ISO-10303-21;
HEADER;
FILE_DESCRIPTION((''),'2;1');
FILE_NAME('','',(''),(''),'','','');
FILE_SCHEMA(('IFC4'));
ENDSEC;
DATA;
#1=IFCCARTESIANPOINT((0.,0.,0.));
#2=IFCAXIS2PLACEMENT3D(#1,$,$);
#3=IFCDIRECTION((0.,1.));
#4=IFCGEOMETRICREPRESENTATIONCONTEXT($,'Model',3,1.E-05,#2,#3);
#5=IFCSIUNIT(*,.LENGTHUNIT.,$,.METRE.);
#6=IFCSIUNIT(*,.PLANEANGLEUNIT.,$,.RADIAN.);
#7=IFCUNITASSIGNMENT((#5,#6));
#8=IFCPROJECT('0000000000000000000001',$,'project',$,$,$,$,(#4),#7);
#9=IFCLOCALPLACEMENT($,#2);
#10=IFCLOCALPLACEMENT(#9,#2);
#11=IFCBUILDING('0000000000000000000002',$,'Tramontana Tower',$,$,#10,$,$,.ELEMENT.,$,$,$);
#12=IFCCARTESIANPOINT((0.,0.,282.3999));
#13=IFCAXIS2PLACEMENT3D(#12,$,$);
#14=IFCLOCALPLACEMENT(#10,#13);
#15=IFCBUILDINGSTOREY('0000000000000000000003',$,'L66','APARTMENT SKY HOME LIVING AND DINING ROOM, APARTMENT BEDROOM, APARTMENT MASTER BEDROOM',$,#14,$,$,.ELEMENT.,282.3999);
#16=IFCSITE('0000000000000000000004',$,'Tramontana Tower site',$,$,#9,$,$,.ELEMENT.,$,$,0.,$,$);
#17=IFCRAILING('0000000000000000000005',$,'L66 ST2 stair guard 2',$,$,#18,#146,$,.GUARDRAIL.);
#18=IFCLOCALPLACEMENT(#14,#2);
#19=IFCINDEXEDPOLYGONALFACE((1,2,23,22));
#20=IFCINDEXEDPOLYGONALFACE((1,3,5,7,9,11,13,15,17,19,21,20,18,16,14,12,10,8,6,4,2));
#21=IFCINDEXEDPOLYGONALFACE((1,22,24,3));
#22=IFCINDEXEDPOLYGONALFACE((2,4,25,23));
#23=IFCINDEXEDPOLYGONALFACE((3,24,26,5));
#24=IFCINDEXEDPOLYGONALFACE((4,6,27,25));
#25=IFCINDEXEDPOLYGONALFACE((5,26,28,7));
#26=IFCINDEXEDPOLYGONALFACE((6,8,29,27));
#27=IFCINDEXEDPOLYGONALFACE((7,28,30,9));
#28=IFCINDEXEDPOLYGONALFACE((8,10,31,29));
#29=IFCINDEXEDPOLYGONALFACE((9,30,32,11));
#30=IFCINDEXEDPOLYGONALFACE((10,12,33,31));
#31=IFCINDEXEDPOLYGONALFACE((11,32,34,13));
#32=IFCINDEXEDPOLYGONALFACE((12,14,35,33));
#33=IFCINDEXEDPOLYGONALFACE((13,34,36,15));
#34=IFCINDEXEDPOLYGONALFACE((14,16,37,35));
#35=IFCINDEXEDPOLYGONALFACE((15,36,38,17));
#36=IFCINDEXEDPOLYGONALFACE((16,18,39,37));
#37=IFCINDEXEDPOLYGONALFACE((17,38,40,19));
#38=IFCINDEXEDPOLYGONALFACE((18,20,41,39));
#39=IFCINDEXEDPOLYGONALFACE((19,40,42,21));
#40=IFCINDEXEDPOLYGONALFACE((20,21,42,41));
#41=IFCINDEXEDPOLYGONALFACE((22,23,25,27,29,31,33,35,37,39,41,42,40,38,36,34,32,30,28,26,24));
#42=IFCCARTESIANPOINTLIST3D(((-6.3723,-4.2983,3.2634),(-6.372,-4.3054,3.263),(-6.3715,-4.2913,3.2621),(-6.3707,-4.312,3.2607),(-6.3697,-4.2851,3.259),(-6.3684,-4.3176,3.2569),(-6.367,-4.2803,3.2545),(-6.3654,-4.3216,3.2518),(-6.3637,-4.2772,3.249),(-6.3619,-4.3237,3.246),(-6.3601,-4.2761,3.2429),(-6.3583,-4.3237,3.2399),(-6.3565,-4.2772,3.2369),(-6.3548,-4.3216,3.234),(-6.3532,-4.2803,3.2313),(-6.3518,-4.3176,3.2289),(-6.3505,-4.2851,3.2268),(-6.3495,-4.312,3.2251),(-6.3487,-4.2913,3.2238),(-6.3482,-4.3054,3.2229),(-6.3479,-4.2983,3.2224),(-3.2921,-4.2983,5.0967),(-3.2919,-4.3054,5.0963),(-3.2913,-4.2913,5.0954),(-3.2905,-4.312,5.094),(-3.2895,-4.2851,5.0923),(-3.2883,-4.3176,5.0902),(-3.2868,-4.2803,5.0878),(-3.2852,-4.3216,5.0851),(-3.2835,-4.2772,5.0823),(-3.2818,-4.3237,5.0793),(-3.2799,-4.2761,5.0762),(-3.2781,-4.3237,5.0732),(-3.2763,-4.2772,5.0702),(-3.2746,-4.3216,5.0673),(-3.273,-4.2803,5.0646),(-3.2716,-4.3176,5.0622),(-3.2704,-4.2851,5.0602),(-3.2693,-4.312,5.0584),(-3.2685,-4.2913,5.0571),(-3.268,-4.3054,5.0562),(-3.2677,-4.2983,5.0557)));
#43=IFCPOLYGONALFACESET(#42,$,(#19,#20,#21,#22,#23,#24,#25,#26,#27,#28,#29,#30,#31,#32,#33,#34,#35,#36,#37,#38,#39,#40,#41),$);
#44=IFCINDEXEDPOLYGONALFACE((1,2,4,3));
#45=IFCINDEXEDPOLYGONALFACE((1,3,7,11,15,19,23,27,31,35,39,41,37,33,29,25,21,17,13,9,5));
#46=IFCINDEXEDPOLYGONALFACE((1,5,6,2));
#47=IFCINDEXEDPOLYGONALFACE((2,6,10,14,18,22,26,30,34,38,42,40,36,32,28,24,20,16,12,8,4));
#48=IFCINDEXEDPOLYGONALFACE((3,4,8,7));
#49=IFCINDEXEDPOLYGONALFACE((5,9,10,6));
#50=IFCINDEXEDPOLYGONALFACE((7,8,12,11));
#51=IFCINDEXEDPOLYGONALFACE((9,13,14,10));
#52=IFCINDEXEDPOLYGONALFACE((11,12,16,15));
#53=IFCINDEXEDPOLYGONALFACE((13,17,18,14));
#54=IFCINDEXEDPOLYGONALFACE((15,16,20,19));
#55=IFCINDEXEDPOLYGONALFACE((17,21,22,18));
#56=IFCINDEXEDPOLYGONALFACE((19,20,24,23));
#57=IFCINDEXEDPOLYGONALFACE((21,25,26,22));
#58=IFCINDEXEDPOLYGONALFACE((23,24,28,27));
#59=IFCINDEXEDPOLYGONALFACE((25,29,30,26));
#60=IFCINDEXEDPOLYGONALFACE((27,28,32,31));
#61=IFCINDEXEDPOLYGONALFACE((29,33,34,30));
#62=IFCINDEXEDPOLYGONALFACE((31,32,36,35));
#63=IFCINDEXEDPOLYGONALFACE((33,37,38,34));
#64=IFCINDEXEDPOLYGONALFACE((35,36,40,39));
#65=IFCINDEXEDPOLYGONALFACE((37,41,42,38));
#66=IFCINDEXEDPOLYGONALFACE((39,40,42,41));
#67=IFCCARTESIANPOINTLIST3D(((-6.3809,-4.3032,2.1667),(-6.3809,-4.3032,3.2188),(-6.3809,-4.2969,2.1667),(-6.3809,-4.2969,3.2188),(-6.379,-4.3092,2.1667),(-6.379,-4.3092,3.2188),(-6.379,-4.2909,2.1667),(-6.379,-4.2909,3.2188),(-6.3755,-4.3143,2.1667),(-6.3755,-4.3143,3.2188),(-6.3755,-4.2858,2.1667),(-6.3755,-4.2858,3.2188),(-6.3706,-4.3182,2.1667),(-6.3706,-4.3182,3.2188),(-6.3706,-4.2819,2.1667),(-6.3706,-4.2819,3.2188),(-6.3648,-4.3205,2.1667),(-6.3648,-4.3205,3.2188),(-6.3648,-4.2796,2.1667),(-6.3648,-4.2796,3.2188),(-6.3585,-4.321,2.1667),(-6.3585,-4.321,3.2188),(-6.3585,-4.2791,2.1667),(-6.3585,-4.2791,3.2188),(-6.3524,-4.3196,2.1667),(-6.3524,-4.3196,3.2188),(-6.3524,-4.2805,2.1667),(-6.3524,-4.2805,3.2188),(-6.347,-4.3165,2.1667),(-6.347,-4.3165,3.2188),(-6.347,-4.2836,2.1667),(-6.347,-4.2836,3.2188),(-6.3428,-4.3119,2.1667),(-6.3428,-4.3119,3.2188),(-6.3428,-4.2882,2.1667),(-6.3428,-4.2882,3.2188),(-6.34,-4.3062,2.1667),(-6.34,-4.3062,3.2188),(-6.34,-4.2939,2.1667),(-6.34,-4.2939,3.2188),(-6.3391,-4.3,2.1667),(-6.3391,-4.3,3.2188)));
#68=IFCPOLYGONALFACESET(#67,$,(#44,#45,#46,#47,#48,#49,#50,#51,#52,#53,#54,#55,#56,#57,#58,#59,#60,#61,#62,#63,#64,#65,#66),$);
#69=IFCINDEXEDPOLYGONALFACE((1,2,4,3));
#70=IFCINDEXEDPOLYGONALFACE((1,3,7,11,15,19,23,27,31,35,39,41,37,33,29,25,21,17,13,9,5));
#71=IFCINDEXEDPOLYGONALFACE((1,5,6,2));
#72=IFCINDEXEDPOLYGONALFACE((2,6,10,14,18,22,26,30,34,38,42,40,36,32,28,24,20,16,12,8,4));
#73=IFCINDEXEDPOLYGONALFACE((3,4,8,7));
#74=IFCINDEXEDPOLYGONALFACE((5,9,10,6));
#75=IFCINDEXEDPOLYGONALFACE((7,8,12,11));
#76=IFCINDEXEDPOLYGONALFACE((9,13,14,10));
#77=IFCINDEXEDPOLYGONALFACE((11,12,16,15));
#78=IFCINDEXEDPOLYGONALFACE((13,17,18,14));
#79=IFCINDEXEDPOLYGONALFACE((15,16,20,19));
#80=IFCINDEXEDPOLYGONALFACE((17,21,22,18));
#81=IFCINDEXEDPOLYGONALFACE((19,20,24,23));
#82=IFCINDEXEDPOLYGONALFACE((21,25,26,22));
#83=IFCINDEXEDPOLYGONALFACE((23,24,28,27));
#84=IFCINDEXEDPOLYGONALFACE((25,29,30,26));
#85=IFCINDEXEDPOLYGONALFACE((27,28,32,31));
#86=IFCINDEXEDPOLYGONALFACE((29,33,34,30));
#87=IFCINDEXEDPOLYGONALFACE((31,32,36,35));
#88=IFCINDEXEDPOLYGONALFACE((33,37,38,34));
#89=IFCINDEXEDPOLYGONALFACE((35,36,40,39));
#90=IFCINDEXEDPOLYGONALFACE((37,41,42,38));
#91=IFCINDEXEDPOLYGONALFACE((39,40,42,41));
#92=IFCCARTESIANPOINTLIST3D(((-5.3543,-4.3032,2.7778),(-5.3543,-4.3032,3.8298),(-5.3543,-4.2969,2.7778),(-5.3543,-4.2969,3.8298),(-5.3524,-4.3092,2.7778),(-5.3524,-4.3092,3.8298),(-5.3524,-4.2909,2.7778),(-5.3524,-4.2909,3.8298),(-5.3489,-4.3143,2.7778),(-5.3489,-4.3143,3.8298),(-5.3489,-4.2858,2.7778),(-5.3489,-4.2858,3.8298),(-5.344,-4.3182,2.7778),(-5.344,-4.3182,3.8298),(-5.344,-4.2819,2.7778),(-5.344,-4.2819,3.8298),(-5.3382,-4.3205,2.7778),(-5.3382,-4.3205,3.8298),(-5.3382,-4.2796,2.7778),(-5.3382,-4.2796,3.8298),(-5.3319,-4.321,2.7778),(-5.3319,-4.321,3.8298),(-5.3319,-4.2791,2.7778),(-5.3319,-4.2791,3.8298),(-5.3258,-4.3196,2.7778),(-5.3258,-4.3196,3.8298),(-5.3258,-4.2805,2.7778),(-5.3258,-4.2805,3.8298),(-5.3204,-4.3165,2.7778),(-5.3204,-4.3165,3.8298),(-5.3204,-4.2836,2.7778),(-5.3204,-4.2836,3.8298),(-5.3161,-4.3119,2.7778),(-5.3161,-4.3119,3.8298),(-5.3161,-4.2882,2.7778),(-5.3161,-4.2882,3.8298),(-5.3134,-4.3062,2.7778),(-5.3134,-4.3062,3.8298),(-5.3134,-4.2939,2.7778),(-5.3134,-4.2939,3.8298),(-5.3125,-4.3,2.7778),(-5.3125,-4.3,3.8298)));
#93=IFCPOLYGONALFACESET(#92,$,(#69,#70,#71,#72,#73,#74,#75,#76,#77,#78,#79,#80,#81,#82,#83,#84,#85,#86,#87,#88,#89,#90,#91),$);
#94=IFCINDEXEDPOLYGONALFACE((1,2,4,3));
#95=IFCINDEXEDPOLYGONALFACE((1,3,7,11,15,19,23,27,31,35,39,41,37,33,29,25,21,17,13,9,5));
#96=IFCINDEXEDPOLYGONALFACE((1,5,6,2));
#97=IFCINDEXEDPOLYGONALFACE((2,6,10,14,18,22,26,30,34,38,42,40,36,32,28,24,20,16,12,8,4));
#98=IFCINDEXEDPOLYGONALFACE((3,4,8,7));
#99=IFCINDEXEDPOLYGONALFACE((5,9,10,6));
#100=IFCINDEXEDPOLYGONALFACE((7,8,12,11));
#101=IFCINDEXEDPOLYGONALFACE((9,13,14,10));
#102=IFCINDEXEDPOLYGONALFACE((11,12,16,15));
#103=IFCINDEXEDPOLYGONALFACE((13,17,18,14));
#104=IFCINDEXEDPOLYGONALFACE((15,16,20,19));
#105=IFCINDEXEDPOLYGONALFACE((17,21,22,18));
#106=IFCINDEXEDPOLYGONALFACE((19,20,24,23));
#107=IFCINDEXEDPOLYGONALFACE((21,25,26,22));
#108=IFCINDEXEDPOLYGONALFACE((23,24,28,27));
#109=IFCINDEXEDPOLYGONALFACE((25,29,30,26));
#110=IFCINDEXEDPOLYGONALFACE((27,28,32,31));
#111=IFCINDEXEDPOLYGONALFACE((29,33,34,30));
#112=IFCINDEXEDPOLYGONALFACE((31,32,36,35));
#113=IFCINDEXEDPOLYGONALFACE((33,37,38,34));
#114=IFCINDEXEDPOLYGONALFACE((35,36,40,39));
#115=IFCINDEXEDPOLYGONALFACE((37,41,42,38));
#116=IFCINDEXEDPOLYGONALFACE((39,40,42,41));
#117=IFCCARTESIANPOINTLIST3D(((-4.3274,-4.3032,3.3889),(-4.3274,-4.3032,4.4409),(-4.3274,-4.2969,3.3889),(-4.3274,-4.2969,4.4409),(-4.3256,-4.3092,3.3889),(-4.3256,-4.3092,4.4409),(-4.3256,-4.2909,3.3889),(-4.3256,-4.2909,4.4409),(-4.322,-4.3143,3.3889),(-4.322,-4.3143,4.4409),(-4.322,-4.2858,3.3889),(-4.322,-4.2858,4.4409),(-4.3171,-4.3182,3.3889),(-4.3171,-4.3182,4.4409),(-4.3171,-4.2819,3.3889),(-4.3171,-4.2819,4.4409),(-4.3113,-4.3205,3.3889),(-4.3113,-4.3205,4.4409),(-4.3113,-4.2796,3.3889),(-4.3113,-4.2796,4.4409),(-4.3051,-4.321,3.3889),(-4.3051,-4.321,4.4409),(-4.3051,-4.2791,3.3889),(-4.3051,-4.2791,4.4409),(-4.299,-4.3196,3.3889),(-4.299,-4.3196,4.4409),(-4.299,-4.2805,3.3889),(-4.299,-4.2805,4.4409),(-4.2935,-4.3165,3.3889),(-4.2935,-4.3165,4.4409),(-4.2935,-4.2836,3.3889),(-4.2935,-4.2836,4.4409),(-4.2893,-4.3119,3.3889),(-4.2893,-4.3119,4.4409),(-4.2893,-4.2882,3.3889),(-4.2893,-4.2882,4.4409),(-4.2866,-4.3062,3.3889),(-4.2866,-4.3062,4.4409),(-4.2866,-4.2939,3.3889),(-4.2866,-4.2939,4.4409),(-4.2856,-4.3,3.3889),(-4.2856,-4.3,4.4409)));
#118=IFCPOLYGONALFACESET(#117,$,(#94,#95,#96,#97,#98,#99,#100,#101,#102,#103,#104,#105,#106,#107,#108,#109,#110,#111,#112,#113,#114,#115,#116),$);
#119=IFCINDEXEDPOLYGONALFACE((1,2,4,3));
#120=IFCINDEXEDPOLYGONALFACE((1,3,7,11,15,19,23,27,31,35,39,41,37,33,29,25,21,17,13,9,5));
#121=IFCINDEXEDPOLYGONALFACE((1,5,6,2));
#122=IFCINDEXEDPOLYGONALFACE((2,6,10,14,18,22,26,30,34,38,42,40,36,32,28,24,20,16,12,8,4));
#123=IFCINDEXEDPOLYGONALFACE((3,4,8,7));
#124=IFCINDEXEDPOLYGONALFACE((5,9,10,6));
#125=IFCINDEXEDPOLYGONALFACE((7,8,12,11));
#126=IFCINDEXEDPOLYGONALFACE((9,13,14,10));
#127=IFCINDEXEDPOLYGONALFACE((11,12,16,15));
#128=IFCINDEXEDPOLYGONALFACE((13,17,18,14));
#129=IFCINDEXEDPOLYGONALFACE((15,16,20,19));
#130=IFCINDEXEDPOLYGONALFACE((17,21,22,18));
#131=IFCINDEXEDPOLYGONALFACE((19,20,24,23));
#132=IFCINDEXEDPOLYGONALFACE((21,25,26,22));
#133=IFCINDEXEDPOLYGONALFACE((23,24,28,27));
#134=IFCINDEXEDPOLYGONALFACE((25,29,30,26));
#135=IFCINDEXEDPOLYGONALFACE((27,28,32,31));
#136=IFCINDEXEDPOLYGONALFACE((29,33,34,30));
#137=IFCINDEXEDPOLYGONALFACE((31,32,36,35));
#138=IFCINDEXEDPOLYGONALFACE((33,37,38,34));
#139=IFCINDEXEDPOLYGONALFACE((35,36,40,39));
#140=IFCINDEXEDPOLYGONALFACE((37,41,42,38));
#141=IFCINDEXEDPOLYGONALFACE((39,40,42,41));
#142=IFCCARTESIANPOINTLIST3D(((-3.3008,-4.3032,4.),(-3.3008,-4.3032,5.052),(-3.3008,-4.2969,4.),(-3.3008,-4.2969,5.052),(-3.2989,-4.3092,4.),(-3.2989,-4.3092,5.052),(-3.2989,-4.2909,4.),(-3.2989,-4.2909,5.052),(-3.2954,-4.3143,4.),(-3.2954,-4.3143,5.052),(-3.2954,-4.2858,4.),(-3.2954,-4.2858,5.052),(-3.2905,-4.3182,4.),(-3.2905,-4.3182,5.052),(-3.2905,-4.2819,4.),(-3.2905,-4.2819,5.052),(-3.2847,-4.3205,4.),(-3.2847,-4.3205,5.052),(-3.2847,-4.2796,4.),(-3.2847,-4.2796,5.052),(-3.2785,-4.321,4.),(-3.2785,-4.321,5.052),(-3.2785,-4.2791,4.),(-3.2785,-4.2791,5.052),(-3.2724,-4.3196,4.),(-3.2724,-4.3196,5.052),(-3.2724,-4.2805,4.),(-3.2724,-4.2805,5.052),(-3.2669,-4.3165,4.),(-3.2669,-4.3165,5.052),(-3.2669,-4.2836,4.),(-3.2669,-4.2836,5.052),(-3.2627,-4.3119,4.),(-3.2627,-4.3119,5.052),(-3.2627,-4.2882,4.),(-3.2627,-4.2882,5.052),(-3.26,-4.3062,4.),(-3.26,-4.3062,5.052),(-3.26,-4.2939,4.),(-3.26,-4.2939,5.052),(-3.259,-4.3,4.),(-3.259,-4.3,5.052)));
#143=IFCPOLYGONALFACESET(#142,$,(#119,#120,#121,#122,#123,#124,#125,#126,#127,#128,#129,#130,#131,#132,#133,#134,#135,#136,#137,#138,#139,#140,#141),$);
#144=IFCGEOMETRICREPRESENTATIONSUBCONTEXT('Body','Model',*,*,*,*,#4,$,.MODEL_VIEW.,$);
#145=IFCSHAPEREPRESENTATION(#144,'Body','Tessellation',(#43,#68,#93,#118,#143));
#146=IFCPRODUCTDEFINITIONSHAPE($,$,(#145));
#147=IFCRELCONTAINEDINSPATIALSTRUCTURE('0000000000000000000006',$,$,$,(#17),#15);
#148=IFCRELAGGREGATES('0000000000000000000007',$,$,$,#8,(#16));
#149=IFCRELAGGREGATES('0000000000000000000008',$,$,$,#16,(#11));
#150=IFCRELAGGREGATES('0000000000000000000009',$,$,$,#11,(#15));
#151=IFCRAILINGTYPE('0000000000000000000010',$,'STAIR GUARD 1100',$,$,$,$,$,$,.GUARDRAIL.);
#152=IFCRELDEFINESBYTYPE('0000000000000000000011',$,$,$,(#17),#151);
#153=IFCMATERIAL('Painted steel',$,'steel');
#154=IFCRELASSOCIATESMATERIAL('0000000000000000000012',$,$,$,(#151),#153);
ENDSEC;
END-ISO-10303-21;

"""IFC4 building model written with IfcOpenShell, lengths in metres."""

from ifc_helpers import new_model, si_unit, direction, frame, origin, origin_2d, place, context, subcontext, project, spatial, circle, extrude, material, type_object, element, save


model = new_model("IFC4")

# Units and contexts
model_context = context("Model", 3, precision=1e-05, world=origin(), true_north=direction((0.0, 1.0)))
body_context = subcontext(model_context, "Body", "Model", "MODEL_VIEW")
ifc_project = project(units=[si_unit("LENGTHUNIT", "METRE"), si_unit("PLANEANGLEUNIT", "RADIAN")], contexts=[model_context])

# Site, building, storey
site_placement = place(None, origin())
site = spatial("IfcSite", under=ifc_project, at=site_placement, Name="Tramontana Tower site", CompositionType="ELEMENT", RefElevation=0.0)
building_placement = place(site_placement, origin())
building = spatial("IfcBuilding", under=site, at=building_placement, Name="Tramontana Tower", CompositionType="ELEMENT")
storey_placement = place(building_placement, frame((0.0, 0.0, 282.3999)))
storey = spatial("IfcBuildingStorey", under=building, at=storey_placement, Name="L66", Description="APARTMENT SKY HOME LIVING AND DINING ROOM, APARTMENT BEDROOM, APARTMENT MASTER BEDROOM", CompositionType="ELEMENT", Elevation=282.3999)

# Railing
ifc_material_1 = material(Name="Painted steel", Category="steel")
railing_type_1 = type_object("IfcRailingType", Name="STAIR GUARD 1100", PredefinedType="GUARDRAIL", material=ifc_material_1)
railing_1_placement = place(storey_placement, frame((-6.3601, -4.3, 2.1667)))
element("IfcRailing", 1, at=railing_1_placement, inside=storey, type_object=railing_type_1, Name="L66 ST2 stair guard 2", PredefinedType="GUARDRAIL", context=body_context, shape_type="SweptSolid", body=[
    extrude(circle(Radius=0.0239, at=origin_2d()), frame((0.0, 0.0, 1.0762), z_axis=(0.859309, 0.0, 0.511458), x_axis=(0.0, 1.0, 0.0)), (0.0, 0.0, 1.0), 3.5845),
    extrude(circle(Radius=0.021, at=origin_2d()), origin(), (0.0, 0.0, 1.0), 1.052),
    extrude(circle(Radius=0.021, at=origin_2d()), frame((1.0266, 0.0, 0.6111)), (0.0, 0.0, 1.0), 1.052),
    extrude(circle(Radius=0.021, at=origin_2d()), frame((2.0535, 0.0, 1.2222)), (0.0, 0.0, 1.0), 1.052),
    extrude(circle(Radius=0.021, at=origin_2d()), frame((3.0801, 0.0, 1.8333)), (0.0, 0.0, 1.0), 1.052),
])

save(model, "model.ifc")
